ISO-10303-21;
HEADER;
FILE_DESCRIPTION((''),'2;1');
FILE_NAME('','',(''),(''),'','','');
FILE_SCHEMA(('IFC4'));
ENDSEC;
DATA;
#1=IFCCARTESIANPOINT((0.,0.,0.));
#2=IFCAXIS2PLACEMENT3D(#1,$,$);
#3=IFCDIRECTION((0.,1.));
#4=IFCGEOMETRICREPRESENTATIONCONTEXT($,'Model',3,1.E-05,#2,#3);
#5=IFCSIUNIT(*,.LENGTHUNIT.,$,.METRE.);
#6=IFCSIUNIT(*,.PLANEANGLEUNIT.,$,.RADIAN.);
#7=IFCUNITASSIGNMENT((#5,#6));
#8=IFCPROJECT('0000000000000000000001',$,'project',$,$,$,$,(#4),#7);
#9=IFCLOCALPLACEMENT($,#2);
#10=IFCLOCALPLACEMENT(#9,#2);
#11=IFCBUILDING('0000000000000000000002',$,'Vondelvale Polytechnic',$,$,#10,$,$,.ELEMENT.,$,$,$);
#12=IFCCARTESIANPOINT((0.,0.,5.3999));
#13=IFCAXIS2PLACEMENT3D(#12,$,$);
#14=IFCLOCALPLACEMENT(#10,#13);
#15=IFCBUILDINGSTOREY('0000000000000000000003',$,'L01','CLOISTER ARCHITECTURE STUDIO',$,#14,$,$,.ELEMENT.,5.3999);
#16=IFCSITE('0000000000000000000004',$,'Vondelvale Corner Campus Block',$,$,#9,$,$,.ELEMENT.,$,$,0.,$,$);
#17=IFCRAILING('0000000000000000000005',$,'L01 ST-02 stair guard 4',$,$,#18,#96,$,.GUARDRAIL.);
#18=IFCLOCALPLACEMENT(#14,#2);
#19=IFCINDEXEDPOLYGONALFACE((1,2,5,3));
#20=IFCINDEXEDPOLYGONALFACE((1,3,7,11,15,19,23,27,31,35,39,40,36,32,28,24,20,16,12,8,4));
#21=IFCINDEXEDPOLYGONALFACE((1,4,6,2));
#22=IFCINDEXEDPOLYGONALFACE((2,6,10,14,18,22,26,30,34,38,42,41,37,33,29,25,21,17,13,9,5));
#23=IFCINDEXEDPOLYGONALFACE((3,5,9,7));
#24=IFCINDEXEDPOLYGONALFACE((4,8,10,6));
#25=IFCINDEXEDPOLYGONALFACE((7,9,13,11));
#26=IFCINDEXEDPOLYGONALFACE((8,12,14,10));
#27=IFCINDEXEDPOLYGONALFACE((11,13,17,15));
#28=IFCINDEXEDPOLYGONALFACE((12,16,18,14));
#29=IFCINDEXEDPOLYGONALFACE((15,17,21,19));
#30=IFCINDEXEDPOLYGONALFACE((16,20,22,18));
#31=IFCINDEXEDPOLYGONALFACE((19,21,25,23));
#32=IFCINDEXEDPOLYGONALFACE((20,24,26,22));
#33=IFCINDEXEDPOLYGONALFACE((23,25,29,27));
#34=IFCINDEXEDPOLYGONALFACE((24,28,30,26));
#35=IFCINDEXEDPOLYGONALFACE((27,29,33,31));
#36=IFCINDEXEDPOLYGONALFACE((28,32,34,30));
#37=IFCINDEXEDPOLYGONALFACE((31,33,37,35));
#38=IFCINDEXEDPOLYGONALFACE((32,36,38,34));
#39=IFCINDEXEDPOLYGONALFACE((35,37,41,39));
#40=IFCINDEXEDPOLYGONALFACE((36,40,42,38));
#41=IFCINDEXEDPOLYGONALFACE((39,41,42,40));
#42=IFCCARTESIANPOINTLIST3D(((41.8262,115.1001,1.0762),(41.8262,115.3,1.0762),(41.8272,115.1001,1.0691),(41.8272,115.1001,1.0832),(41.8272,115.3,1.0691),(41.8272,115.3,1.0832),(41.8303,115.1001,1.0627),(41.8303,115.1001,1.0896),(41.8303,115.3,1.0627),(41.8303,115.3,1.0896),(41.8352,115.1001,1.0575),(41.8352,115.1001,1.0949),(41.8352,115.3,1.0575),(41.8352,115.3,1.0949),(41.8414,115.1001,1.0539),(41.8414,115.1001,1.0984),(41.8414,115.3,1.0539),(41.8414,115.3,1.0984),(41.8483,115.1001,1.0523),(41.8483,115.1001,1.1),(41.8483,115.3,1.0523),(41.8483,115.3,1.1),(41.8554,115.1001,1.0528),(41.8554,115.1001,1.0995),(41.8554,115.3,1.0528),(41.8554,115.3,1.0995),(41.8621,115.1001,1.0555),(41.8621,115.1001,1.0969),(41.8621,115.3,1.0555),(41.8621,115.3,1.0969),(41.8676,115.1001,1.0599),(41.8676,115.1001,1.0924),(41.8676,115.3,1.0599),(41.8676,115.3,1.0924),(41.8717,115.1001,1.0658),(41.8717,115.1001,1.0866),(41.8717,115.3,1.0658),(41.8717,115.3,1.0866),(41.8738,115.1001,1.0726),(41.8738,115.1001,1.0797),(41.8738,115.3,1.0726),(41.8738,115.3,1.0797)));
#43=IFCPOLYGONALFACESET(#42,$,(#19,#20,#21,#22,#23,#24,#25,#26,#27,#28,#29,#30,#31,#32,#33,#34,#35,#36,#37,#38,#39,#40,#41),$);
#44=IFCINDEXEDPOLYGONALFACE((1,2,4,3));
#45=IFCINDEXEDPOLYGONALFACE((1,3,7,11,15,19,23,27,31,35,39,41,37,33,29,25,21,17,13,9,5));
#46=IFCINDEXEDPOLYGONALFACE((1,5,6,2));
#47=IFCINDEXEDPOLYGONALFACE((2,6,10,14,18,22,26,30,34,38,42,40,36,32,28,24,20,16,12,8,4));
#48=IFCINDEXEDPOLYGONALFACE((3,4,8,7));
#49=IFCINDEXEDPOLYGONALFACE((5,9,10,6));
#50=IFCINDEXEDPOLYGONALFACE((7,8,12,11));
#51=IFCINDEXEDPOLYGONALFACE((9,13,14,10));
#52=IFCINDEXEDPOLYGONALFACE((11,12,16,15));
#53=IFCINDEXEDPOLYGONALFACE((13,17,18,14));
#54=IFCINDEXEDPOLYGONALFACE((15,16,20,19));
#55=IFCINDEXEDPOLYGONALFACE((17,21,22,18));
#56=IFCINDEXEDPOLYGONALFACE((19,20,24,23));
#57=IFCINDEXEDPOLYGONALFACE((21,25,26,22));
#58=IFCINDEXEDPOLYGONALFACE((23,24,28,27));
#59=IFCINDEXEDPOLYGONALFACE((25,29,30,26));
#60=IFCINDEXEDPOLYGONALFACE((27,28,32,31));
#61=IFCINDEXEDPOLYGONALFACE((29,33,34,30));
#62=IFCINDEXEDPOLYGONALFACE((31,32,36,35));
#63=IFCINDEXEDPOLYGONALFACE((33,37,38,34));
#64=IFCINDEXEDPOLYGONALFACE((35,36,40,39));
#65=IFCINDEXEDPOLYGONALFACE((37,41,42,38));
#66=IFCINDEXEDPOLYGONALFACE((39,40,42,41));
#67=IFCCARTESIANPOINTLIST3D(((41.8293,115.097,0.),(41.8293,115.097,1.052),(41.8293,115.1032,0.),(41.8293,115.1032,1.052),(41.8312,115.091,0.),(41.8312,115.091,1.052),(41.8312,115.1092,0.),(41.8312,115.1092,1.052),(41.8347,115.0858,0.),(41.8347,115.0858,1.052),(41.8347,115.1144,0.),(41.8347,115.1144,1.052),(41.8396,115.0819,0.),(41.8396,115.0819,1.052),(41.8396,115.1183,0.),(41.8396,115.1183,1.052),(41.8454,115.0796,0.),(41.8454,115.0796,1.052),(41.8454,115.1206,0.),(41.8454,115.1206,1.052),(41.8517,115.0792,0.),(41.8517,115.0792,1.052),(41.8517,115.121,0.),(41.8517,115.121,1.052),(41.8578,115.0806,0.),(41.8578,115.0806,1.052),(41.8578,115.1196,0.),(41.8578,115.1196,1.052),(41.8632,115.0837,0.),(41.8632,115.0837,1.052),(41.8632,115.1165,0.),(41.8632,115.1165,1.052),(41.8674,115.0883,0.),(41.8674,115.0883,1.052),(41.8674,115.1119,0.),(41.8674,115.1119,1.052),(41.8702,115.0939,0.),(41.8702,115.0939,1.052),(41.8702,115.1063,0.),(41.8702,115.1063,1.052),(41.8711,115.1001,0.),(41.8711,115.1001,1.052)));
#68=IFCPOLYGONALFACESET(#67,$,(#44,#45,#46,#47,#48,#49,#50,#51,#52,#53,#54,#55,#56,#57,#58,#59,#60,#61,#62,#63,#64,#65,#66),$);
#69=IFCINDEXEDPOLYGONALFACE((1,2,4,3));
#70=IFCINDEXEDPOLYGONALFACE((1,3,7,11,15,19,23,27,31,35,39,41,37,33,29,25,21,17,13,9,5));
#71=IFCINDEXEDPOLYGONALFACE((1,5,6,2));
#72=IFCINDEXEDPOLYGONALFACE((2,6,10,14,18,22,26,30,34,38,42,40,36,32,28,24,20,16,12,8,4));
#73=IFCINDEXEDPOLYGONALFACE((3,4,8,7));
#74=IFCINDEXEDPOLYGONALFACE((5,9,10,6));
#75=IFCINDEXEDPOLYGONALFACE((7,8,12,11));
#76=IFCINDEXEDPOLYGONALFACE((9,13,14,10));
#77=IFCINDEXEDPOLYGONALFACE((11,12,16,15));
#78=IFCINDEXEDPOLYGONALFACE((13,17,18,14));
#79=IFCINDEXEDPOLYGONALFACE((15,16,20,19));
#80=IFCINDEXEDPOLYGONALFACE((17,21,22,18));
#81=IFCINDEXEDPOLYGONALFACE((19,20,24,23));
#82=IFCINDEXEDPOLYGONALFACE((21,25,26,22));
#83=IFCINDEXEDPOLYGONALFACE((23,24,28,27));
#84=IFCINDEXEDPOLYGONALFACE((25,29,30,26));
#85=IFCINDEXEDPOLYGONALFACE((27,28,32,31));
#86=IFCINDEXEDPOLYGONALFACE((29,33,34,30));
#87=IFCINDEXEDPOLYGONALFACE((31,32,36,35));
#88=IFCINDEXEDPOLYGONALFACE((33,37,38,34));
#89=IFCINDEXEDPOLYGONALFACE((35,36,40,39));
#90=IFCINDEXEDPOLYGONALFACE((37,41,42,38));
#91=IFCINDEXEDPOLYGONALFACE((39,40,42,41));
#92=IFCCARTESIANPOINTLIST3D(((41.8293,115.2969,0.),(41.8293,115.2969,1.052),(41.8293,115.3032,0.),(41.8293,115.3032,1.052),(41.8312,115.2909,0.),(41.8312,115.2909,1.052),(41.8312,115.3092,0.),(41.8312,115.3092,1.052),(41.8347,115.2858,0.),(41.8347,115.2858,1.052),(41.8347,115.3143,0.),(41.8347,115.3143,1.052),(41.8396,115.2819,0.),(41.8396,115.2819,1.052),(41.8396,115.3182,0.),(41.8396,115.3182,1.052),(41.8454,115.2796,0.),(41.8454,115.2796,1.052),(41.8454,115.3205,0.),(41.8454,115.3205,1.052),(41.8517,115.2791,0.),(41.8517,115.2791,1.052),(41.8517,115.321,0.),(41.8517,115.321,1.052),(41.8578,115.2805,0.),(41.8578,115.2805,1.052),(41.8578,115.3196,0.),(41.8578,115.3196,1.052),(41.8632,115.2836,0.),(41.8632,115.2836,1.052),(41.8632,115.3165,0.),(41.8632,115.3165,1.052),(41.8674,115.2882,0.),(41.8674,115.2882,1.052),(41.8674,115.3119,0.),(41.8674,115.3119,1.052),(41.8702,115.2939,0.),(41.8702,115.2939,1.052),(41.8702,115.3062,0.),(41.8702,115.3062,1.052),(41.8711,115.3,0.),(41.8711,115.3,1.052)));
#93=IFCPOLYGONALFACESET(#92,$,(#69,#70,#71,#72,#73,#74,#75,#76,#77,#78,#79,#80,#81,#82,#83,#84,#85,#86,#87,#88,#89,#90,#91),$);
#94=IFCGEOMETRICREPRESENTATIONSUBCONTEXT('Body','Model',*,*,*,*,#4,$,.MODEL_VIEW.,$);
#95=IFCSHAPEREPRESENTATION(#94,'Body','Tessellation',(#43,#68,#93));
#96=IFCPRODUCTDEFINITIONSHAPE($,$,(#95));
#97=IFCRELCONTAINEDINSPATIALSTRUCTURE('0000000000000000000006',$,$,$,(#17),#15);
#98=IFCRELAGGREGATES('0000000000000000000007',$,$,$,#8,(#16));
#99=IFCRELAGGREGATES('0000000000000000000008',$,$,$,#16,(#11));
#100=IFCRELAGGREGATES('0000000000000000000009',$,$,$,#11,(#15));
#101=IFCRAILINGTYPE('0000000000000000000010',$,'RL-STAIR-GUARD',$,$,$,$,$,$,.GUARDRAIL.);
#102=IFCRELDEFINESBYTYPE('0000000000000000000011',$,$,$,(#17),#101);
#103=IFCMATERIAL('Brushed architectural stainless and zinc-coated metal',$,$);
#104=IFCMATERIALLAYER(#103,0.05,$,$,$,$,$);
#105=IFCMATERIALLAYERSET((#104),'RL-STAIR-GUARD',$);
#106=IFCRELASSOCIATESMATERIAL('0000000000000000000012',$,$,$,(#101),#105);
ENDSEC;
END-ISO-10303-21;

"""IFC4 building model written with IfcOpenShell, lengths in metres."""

from ifc_helpers import new_model, si_unit, direction, frame, origin, origin_2d, place, context, subcontext, project, spatial, circle, extrude, material, layer, layer_set, type_object, element, save


model = new_model("IFC4")

# Units and contexts
model_context = context("Model", 3, precision=1e-05, world=origin(), true_north=direction((0.0, 1.0)))
body_context = subcontext(model_context, "Body", "Model", "MODEL_VIEW")
ifc_project = project(units=[si_unit("LENGTHUNIT", "METRE"), si_unit("PLANEANGLEUNIT", "RADIAN")], contexts=[model_context])

# Site, building, storey
site_placement = place(None, origin())
site = spatial("IfcSite", under=ifc_project, at=site_placement, Name="Vondelvale Corner Campus Block", CompositionType="ELEMENT", RefElevation=0.0)
building_placement = place(site_placement, origin())
building = spatial("IfcBuilding", under=site, at=building_placement, Name="Vondelvale Polytechnic", CompositionType="ELEMENT")
storey_placement = place(building_placement, frame((0.0, 0.0, 5.3999)))
storey = spatial("IfcBuildingStorey", under=building, at=storey_placement, Name="L01", Description="CLOISTER ARCHITECTURE STUDIO", CompositionType="ELEMENT", Elevation=5.3999)

# Railing
ifc_material_1 = material(Name="Brushed architectural stainless and zinc-coated metal")
ifc_layer_1 = layer(ifc_material_1, 0.05)
ifc_layer_set_1 = layer_set([ifc_layer_1], Name="RL-STAIR-GUARD")
railing_type_1 = type_object("IfcRailingType", Name="RL-STAIR-GUARD", PredefinedType="GUARDRAIL", material=ifc_layer_set_1)
railing_1_placement = place(storey_placement, frame((41.8501, 115.1001, 0.0)))
element("IfcRailing", 1, at=railing_1_placement, inside=storey, type_object=railing_type_1, Name="L01 ST-02 stair guard 4", PredefinedType="GUARDRAIL", context=body_context, shape_type="SweptSolid", body=[
    extrude(circle(Radius=0.0239, at=origin_2d()), frame((0.0, 0.0, 1.0762), z_axis=(0.0, 1.0, 0.0), x_axis=(-1.0, 0.0, 0.0)), (0.0, 0.0, 1.0), 0.2),
    extrude(circle(Radius=0.021, at=origin_2d()), origin(), (0.0, 0.0, 1.0), 1.052),
    extrude(circle(Radius=0.021, at=origin_2d()), frame((0.0, 0.2, 0.0)), (0.0, 0.0, 1.0), 1.052),
])

save(model, "model.ifc")
